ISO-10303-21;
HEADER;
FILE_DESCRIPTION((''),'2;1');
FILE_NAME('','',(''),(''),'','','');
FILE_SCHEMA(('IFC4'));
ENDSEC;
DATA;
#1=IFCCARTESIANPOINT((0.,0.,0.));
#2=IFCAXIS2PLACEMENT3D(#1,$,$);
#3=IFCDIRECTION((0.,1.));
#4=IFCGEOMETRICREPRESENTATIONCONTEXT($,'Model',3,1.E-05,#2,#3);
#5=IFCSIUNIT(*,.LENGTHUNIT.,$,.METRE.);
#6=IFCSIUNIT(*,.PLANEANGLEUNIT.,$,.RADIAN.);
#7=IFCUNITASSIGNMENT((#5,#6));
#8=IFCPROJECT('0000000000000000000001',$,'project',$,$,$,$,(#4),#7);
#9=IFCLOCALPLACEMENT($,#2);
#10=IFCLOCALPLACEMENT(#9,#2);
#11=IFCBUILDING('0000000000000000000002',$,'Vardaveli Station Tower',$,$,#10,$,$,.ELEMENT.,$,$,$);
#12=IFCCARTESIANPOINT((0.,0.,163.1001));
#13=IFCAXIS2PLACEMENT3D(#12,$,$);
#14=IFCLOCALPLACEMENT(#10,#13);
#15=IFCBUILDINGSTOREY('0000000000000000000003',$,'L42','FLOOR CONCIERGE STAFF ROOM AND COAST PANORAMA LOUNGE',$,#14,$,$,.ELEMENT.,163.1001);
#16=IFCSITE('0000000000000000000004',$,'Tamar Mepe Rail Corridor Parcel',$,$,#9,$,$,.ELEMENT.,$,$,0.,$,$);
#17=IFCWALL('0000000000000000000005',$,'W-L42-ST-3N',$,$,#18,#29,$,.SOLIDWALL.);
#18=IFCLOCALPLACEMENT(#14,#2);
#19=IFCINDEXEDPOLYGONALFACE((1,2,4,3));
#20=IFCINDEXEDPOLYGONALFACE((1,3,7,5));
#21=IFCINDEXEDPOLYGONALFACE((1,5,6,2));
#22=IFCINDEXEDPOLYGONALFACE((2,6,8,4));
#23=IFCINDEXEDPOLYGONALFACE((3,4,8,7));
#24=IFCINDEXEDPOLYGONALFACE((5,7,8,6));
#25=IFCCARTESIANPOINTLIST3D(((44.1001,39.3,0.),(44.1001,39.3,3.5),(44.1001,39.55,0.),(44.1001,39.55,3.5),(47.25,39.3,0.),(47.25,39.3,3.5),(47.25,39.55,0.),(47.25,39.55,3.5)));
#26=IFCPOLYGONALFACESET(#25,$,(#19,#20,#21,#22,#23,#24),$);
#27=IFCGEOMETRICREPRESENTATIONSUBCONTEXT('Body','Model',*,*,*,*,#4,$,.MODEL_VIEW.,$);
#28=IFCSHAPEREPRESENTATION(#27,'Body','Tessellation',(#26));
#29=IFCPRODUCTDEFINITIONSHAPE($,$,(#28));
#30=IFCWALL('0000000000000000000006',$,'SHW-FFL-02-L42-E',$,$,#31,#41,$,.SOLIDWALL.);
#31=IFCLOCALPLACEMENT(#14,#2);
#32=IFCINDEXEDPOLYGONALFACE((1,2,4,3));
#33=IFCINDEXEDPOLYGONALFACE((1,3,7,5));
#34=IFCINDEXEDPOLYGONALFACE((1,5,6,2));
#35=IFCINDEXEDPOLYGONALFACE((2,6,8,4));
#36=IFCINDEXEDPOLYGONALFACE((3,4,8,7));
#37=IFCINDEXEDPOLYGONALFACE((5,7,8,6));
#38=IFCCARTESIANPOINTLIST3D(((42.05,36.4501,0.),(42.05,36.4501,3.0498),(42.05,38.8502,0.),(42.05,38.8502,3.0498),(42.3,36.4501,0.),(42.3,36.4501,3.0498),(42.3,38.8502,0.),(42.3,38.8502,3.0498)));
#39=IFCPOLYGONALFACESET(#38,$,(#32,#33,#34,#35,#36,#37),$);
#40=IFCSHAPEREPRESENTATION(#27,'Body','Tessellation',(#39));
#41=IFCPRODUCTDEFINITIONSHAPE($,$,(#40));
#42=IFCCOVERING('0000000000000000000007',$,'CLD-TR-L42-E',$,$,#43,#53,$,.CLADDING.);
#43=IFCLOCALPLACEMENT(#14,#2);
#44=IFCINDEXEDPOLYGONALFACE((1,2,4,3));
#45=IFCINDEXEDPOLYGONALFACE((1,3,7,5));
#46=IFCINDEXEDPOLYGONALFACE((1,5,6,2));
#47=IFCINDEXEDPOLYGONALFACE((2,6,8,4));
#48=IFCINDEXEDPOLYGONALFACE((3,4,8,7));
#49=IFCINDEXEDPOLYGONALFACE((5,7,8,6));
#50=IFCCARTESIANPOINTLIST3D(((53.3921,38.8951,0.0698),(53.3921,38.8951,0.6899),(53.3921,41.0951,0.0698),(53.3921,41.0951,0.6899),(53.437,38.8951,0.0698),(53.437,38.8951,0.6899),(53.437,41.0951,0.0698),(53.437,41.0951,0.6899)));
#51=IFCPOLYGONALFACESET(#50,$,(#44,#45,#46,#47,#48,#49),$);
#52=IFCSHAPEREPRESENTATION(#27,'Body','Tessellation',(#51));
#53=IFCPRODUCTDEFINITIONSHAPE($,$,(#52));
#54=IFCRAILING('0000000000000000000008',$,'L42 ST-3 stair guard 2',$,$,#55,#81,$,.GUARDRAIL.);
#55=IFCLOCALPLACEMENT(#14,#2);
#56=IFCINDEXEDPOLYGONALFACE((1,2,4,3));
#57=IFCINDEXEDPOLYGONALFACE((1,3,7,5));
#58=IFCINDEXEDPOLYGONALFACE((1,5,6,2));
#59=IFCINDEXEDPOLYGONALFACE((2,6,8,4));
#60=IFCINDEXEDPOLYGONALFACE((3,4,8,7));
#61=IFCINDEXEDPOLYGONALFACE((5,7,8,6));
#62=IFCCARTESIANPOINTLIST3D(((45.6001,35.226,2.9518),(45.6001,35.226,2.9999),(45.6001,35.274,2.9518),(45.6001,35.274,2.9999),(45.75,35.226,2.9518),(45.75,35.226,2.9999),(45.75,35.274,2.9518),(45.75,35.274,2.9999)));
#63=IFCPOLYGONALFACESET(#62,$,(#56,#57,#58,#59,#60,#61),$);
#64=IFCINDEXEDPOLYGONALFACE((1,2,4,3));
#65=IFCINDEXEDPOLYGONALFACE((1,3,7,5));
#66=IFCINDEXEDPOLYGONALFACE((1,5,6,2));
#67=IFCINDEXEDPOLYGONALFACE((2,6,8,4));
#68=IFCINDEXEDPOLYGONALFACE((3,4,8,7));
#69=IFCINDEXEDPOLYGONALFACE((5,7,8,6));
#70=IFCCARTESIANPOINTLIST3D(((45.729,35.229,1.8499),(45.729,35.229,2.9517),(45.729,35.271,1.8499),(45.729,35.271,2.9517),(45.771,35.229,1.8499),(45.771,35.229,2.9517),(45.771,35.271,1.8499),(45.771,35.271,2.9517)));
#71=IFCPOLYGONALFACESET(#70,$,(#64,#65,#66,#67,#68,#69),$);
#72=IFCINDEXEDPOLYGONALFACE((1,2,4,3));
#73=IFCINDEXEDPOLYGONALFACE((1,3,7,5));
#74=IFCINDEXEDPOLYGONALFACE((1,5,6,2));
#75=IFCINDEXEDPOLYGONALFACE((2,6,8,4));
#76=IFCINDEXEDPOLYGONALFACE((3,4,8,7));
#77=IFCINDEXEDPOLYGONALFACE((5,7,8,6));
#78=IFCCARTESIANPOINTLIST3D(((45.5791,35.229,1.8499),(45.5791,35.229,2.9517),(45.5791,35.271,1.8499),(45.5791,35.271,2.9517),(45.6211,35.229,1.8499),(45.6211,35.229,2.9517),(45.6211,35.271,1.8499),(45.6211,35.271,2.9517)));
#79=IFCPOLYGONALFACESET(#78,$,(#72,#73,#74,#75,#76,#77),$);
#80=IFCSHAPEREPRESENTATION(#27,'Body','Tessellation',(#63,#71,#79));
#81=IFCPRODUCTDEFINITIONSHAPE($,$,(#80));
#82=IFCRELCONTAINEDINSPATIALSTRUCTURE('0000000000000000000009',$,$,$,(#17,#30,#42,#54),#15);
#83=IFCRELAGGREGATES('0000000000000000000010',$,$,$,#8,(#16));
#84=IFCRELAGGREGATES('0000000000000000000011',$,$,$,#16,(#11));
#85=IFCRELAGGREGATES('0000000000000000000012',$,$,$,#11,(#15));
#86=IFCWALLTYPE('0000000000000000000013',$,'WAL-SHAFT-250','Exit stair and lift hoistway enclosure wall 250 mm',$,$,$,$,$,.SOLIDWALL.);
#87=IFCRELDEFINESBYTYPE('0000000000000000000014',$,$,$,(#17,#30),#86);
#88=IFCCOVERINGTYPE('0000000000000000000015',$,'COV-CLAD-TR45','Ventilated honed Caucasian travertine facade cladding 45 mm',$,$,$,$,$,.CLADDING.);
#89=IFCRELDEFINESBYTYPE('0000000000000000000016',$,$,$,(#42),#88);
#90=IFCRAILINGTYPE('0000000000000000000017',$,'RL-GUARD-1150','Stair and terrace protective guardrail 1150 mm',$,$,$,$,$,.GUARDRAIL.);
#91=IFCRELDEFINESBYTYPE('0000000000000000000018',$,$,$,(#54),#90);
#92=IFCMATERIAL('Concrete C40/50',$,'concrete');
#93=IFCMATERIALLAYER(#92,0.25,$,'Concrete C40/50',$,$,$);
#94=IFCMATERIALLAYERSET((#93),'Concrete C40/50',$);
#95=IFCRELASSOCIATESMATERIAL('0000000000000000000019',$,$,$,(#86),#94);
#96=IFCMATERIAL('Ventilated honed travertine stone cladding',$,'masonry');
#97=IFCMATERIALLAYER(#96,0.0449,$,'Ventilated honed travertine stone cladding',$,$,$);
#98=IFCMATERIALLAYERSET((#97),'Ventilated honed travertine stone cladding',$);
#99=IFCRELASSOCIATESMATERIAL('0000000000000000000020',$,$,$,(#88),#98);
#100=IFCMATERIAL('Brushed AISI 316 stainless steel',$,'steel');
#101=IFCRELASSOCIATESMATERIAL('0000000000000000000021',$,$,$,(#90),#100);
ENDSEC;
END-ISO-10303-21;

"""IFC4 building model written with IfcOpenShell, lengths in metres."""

from ifc_helpers import new_model, si_unit, direction, frame, frame_2d, origin, origin_2d, place, context, subcontext, project, spatial, rectangle, extrude, source, transform, mapped, material, layer, layer_set, type_object, element, save


model = new_model("IFC4")

# Units and contexts
model_context = context("Model", 3, precision=1e-05, world=origin(), true_north=direction((0.0, 1.0)))
body_context = subcontext(model_context, "Body", "Model", "MODEL_VIEW")
ifc_project = project(units=[si_unit("LENGTHUNIT", "METRE"), si_unit("PLANEANGLEUNIT", "RADIAN")], contexts=[model_context])

# Site, building, storey
site_placement = place(None, origin())
site = spatial("IfcSite", under=ifc_project, at=site_placement, Name="Tamar Mepe Rail Corridor Parcel", CompositionType="ELEMENT", RefElevation=0.0)
building_placement = place(site_placement, origin())
building = spatial("IfcBuilding", under=site, at=building_placement, Name="Vardaveli Station Tower", CompositionType="ELEMENT")
storey_placement = place(building_placement, frame((0.0, 0.0, 163.1001)))
storey = spatial("IfcBuildingStorey", under=building, at=storey_placement, Name="L42", Description="FLOOR CONCIERGE STAFF ROOM AND COAST PANORAMA LOUNGE", CompositionType="ELEMENT", Elevation=163.1001)

# Walls
ifc_material_1 = material(Name="Concrete C40/50", Category="concrete")
ifc_layer_1 = layer(ifc_material_1, 0.25, Name="Concrete C40/50")
ifc_layer_set_1 = layer_set([ifc_layer_1], Name="Concrete C40/50")
wall_type_1 = type_object("IfcWallType", Name="WAL-SHAFT-250", Description="Exit stair and lift hoistway enclosure wall 250 mm", PredefinedType="SOLIDWALL", material=ifc_layer_set_1)
shared_shape_1 = source(origin(), body_context, "Body", "SweptSolid", [
    extrude(rectangle(XDim=3.1499, YDim=0.25, at=frame_2d((1.575, 0.0))), origin(), (0.0, 0.0, 1.0), 3.5),
])
wall_1_placement = place(storey_placement, frame((44.1001, 39.425, 0.0), z_axis=(0.0, 0.0, 1.0), x_axis=(1.0, 0.0, 0.0)))
element("IfcWall", 1, at=wall_1_placement, inside=storey, type_object=wall_type_1, Name="W-L42-ST-3N", PredefinedType="SOLIDWALL", context=body_context, shape_type="MappedRepresentation", body=[
    mapped(shared_shape_1, transform((0.0, 0.0, 0.0), scale=1.0)),
])
shared_shape_2 = source(origin(), body_context, "Body", "SweptSolid", [
    extrude(rectangle(XDim=2.4001, YDim=0.25, at=frame_2d((1.2002, 0.0))), origin(), (0.0, 0.0, 1.0), 3.0498),
])
wall_2_placement = place(storey_placement, frame((42.175, 36.45, 0.0), z_axis=(0.0, 0.0, 1.0), x_axis=(0.0, 1.0, 0.0)))
element("IfcWall", 2, at=wall_2_placement, inside=storey, type_object=wall_type_1, Name="SHW-FFL-02-L42-E", PredefinedType="SOLIDWALL", context=body_context, shape_type="MappedRepresentation", body=[
    mapped(shared_shape_2, transform((0.0, 0.0, 0.0), scale=1.0)),
])

# Covering
ifc_material_2 = material(Name="Ventilated honed travertine stone cladding", Category="masonry")
ifc_layer_2 = layer(ifc_material_2, 0.0449, Name="Ventilated honed travertine stone cladding")
ifc_layer_set_2 = layer_set([ifc_layer_2], Name="Ventilated honed travertine stone cladding")
covering_type = type_object("IfcCoveringType", Name="COV-CLAD-TR45", Description="Ventilated honed Caucasian travertine facade cladding 45 mm", PredefinedType="CLADDING", material=ifc_layer_set_2)
shared_shape_3 = source(origin(), body_context, "Body", "SweptSolid", [
    extrude(rectangle(XDim=2.2, YDim=0.0449, at=origin_2d()), origin(), (0.0, 0.0, 1.0), 0.6201),
])
covering_placement = place(storey_placement, frame((53.4146, 39.9951, 0.0698), z_axis=(0.0, 0.0, 1.0), x_axis=(0.0, 1.0, 0.0)))
element("IfcCovering", 3, at=covering_placement, inside=storey, type_object=covering_type, Name="CLD-TR-L42-E", PredefinedType="CLADDING", context=body_context, shape_type="MappedRepresentation", body=[
    mapped(shared_shape_3, transform((0.0, 0.0, 0.0), scale=1.0)),
])

# Railing
ifc_material_3 = material(Name="Brushed AISI 316 stainless steel", Category="steel")
railing_type = type_object("IfcRailingType", Name="RL-GUARD-1150", Description="Stair and terrace protective guardrail 1150 mm", PredefinedType="GUARDRAIL", material=ifc_material_3)
shared_shape_4 = source(origin(), body_context, "Body", "SweptSolid", [
    extrude(rectangle(XDim=0.0481, YDim=0.0481, at=origin_2d()), frame((0.0, 0.0, 1.126), z_axis=(-1.0, 0.0, 0.0), x_axis=(0.0, -1.0, 0.0)), (0.0, 0.0, 1.0), 0.1499),
    extrude(rectangle(XDim=0.042, YDim=0.042, at=origin_2d()), origin(), (0.0, 0.0, 1.0), 1.1018),
    extrude(rectangle(XDim=0.042, YDim=0.042, at=origin_2d()), frame((-0.1499, 0.0, 0.0)), (0.0, 0.0, 1.0), 1.1018),
])
railing_placement = place(storey_placement, frame((45.75, 35.25, 1.8499)))
element("IfcRailing", 4, at=railing_placement, inside=storey, type_object=railing_type, Name="L42 ST-3 stair guard 2", PredefinedType="GUARDRAIL", context=body_context, shape_type="MappedRepresentation", body=[
    mapped(shared_shape_4, transform((0.0, 0.0, 0.0), scale=1.0)),
])

save(model, "model.ifc")
